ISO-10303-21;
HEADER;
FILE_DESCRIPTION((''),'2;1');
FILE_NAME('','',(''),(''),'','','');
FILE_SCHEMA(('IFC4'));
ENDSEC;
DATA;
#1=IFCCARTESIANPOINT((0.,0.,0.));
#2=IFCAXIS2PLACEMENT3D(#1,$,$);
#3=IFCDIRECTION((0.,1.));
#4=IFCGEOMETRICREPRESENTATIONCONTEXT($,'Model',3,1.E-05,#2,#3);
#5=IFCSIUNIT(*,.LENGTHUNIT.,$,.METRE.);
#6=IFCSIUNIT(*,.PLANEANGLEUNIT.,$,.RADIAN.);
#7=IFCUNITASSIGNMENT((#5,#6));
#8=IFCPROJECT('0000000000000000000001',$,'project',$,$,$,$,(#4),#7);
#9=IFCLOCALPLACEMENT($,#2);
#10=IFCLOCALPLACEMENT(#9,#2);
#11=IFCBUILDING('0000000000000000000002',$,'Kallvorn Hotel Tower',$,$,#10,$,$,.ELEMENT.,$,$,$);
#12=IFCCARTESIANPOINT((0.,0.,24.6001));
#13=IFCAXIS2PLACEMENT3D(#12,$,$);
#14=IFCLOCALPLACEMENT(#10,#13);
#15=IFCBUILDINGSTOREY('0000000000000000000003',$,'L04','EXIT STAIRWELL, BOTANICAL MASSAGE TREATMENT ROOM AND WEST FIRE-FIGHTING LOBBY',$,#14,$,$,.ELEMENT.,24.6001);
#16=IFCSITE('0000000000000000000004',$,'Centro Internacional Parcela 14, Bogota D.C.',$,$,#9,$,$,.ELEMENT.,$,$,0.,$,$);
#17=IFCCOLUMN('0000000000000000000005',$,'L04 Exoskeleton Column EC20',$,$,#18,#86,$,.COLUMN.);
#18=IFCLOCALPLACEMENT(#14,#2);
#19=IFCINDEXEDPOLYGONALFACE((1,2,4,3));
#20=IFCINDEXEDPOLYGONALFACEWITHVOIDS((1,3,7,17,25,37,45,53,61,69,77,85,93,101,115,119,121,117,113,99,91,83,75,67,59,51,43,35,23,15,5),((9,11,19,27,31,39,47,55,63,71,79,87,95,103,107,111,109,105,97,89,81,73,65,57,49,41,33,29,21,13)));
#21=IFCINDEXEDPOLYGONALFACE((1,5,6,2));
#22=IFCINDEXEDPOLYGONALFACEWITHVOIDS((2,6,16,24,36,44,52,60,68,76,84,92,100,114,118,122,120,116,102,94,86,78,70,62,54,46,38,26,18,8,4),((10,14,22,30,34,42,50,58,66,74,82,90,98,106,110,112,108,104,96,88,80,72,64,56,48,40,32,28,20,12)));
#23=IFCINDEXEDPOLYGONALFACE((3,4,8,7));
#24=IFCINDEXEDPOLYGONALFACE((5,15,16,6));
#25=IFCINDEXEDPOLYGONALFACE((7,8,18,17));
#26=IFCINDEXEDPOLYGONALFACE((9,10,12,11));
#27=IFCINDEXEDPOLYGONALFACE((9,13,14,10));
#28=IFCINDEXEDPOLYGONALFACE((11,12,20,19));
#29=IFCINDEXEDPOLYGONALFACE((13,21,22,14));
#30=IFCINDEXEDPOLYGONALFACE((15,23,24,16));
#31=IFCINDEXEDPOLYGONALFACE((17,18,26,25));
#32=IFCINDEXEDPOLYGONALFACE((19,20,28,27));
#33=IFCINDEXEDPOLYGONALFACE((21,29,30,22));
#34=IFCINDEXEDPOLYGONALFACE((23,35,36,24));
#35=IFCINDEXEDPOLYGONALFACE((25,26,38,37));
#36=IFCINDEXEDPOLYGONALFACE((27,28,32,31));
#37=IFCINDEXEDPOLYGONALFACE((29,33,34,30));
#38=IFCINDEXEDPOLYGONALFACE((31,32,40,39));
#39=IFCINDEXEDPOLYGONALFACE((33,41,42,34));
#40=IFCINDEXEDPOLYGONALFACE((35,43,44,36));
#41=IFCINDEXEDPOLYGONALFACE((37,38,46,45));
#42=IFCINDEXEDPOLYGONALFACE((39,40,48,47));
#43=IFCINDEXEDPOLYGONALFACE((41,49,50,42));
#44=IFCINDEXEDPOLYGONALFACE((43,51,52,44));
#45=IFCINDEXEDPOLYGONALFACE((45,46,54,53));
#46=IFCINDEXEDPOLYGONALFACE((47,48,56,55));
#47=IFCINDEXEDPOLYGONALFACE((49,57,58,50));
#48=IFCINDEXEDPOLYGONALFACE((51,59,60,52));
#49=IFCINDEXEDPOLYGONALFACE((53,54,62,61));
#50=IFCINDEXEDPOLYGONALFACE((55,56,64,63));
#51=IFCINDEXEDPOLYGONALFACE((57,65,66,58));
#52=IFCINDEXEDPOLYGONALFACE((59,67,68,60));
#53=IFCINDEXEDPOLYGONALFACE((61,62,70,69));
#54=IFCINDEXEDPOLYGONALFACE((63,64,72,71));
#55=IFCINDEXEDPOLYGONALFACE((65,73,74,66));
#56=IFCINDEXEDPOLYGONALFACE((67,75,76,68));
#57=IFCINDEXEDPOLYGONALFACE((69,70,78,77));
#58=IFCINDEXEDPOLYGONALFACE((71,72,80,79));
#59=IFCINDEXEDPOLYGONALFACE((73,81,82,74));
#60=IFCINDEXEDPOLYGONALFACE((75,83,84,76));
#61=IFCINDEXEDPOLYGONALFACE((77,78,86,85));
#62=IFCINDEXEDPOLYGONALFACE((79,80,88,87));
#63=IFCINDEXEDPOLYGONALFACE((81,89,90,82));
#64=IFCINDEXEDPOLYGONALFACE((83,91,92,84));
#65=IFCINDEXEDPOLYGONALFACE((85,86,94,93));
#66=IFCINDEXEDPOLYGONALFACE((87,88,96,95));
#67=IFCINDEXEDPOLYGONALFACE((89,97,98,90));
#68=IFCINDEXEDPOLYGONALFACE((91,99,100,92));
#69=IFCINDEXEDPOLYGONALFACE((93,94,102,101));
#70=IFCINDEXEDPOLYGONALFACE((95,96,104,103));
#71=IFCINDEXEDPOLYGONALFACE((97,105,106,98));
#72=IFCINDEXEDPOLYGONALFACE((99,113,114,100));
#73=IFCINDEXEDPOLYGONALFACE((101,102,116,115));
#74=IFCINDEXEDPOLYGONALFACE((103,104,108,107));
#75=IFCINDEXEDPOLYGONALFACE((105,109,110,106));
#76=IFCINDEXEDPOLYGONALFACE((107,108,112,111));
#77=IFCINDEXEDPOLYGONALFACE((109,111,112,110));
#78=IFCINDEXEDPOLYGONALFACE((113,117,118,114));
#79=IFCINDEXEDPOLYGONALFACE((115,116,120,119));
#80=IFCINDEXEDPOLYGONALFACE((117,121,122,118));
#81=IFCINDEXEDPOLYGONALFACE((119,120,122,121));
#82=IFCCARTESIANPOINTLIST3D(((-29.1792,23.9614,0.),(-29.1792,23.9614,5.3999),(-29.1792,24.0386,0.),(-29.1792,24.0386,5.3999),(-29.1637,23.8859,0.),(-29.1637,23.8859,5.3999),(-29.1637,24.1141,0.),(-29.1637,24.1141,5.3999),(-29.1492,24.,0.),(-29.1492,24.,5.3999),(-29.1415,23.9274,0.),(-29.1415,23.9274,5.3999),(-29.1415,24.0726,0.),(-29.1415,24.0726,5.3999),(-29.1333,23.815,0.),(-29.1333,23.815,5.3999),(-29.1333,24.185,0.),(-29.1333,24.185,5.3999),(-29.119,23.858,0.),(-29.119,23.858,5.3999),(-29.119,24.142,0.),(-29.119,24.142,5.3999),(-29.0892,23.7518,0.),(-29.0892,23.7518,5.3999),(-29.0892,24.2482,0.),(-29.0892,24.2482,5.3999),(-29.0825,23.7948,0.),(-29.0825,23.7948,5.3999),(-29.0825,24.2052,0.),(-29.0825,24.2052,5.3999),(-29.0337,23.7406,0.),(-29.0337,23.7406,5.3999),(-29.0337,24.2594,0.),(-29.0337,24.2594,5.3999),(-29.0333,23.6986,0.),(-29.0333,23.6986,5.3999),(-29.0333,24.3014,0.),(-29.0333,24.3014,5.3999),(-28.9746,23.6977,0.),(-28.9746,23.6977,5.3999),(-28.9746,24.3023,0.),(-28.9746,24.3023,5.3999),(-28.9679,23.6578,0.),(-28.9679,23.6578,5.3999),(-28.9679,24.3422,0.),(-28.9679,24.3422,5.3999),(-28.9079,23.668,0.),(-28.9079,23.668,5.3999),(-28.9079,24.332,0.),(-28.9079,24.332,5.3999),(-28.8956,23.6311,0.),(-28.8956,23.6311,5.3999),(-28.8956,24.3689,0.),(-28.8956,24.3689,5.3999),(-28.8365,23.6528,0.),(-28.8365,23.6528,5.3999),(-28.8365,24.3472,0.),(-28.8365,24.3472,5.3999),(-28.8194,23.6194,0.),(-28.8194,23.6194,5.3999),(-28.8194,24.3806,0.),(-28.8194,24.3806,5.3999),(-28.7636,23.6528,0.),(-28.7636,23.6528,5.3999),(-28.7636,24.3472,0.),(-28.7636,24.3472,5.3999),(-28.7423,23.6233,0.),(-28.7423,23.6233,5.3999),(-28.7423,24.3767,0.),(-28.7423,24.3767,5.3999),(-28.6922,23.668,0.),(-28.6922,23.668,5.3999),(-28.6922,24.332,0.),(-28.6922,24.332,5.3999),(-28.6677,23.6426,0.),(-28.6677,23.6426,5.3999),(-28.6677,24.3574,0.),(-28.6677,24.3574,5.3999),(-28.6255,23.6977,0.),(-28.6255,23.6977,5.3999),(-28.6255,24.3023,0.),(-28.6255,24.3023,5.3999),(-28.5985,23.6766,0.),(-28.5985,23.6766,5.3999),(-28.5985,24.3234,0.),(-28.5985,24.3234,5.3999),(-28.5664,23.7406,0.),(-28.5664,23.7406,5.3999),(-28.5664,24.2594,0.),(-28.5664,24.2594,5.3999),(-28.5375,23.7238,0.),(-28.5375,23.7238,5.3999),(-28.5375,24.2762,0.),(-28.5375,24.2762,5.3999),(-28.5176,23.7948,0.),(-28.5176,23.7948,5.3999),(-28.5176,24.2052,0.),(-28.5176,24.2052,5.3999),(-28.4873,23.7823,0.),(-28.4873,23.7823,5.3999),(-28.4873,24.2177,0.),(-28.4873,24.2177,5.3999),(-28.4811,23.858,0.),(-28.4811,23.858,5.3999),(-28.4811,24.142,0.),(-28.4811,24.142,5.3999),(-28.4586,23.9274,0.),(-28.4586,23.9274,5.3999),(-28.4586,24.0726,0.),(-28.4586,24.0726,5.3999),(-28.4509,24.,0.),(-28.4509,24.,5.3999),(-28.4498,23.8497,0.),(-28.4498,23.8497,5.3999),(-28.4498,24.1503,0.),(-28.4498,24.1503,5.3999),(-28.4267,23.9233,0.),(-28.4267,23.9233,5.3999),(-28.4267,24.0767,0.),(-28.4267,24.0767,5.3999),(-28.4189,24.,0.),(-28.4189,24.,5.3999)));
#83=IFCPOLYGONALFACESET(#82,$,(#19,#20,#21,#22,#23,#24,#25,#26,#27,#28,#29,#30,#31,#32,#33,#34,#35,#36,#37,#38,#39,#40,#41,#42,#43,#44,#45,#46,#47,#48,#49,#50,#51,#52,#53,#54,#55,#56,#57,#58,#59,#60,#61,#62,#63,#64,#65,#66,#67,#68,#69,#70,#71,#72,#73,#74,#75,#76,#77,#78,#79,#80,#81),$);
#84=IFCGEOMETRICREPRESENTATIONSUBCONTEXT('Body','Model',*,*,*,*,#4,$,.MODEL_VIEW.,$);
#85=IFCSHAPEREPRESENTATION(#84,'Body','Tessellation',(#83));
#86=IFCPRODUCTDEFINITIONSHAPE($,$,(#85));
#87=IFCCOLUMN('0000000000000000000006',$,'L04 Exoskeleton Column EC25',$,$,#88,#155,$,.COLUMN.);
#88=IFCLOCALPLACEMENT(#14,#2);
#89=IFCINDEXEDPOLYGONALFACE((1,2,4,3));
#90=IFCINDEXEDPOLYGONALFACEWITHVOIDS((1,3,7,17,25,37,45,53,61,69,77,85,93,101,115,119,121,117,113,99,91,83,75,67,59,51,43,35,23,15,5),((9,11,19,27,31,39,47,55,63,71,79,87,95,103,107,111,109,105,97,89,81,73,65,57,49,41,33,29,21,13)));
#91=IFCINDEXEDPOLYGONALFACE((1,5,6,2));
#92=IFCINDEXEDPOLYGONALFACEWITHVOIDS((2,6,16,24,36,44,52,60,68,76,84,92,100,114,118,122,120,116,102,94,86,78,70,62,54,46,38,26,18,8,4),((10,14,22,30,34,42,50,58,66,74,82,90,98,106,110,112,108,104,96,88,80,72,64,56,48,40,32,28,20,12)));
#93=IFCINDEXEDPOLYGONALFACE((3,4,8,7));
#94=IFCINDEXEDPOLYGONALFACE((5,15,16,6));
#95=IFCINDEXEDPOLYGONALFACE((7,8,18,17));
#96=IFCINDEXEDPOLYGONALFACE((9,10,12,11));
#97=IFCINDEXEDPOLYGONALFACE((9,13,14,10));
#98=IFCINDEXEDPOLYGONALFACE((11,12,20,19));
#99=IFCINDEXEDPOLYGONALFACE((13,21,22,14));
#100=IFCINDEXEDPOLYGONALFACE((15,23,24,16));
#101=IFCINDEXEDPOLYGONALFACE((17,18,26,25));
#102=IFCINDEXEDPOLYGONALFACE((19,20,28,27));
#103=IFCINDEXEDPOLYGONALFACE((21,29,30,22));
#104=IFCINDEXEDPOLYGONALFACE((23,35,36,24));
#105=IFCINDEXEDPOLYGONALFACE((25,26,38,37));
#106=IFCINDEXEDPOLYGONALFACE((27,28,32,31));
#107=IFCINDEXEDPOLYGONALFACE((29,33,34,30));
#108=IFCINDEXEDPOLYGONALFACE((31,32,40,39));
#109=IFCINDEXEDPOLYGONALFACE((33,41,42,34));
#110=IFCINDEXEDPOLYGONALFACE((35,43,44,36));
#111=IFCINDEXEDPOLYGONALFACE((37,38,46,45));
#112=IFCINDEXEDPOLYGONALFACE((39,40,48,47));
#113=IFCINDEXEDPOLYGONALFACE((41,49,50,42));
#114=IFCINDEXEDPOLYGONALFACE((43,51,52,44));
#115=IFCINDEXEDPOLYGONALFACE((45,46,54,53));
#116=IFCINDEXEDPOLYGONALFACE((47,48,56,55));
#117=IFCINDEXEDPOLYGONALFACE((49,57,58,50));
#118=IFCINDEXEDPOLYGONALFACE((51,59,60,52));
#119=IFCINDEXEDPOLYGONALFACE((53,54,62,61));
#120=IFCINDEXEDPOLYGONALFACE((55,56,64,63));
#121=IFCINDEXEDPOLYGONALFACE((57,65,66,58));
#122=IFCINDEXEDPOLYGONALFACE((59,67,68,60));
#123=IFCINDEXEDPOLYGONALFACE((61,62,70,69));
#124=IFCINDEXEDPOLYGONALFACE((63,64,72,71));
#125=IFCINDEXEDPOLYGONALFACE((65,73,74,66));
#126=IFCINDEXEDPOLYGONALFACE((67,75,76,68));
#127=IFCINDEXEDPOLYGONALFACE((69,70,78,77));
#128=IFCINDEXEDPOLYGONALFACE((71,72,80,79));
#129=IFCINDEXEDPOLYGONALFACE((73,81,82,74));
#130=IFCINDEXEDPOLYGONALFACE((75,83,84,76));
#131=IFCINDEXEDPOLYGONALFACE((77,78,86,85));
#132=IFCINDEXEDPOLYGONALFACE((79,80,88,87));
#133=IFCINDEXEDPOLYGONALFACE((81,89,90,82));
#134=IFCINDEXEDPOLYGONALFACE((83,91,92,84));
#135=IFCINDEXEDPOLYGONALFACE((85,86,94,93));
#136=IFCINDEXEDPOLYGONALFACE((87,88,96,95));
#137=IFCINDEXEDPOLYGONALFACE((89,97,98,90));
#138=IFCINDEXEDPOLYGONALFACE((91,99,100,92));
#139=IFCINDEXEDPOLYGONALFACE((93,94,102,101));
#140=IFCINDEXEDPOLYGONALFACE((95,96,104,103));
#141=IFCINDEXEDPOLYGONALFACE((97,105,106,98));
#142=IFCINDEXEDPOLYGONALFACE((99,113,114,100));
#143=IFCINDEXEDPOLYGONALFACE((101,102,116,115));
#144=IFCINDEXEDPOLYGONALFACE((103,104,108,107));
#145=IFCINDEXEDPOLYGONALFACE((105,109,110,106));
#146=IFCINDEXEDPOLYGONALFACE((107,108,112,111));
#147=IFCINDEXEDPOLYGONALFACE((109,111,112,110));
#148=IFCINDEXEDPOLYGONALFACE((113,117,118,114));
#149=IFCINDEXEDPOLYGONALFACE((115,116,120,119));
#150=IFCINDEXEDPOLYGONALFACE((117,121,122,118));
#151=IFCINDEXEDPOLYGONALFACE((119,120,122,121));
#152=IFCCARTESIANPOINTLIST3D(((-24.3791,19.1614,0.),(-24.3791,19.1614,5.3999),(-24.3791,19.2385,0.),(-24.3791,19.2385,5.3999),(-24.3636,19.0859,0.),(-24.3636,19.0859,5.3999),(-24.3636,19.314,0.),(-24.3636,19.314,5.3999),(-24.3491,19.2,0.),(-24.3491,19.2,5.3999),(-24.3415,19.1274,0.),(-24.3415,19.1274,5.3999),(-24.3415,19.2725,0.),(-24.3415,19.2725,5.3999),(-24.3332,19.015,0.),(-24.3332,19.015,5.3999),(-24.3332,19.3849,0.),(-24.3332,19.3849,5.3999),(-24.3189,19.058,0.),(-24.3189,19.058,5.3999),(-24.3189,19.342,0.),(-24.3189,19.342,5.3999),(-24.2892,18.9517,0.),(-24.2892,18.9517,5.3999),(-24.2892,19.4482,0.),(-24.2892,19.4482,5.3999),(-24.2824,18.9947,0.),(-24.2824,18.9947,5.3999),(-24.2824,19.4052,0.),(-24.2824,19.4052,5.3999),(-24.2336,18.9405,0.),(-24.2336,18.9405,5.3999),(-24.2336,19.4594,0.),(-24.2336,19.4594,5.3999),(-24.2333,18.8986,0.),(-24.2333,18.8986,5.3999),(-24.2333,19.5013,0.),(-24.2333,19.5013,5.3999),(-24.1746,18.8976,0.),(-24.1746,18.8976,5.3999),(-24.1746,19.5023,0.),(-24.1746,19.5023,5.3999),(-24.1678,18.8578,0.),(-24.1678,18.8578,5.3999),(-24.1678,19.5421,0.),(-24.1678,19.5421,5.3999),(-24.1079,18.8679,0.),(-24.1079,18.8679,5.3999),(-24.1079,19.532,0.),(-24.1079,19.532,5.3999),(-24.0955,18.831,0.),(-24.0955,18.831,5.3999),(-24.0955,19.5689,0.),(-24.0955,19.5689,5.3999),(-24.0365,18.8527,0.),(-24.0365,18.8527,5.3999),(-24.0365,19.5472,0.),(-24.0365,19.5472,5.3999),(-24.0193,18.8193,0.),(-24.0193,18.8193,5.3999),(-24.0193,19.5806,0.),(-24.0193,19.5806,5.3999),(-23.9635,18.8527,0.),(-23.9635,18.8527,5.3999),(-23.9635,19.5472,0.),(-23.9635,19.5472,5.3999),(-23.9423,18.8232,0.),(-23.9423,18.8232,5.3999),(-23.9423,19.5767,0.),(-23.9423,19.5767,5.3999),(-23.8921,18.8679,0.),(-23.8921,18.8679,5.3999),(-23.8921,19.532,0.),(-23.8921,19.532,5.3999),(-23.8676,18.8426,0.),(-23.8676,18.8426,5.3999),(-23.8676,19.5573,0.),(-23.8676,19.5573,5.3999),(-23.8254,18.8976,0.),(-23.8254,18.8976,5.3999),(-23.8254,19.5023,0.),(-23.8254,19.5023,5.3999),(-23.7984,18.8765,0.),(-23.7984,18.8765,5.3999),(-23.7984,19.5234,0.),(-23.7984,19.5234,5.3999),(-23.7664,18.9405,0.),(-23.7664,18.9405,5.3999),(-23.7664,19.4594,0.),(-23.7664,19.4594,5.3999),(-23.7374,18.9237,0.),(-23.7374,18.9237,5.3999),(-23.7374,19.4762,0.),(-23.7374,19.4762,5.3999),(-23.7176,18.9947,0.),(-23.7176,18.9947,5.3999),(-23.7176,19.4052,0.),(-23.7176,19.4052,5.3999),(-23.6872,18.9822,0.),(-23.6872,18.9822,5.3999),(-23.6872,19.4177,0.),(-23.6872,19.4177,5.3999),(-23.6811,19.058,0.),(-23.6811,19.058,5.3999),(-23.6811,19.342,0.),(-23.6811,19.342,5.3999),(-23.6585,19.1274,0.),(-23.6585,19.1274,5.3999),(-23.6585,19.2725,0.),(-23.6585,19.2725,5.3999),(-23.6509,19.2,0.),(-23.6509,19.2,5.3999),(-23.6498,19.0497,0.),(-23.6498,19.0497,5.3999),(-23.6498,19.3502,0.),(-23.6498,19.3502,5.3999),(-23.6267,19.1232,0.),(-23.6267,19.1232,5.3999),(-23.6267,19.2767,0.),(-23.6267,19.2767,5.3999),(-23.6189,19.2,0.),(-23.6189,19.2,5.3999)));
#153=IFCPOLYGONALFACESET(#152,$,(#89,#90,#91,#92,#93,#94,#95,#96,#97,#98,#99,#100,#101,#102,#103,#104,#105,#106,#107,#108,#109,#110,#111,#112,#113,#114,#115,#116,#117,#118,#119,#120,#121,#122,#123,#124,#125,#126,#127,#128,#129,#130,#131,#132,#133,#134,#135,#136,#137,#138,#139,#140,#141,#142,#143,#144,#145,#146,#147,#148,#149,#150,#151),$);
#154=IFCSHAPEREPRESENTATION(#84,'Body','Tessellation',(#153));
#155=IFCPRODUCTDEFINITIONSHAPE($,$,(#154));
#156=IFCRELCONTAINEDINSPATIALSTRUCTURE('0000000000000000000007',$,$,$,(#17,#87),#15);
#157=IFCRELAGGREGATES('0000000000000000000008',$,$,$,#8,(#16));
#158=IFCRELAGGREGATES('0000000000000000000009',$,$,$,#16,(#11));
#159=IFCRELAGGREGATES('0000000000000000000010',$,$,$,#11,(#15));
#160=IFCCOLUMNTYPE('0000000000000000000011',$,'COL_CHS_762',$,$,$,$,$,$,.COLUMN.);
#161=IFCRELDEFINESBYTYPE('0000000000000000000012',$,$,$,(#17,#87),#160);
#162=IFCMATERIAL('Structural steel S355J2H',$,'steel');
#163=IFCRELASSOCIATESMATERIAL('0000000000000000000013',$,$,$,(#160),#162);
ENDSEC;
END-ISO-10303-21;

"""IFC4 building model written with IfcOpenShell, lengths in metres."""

from ifc_helpers import new_model, si_unit, direction, frame, origin, origin_2d, place, context, subcontext, project, spatial, hollow_circle, extrude, material, material_profile, profile_set, type_object, element, save


model = new_model("IFC4")

# Units and contexts
model_context = context("Model", 3, precision=1e-05, world=origin(), true_north=direction((0.0, 1.0)))
body_context = subcontext(model_context, "Body", "Model", "MODEL_VIEW")
ifc_project = project(units=[si_unit("LENGTHUNIT", "METRE"), si_unit("PLANEANGLEUNIT", "RADIAN")], contexts=[model_context])

# Site, building, storey
site_placement = place(None, origin())
site = spatial("IfcSite", under=ifc_project, at=site_placement, Name="Centro Internacional Parcela 14, Bogota D.C.", CompositionType="ELEMENT", RefElevation=0.0)
building_placement = place(site_placement, origin())
building = spatial("IfcBuilding", under=site, at=building_placement, Name="Kallvorn Hotel Tower", CompositionType="ELEMENT")
storey_placement = place(building_placement, frame((0.0, 0.0, 24.6001)))
storey = spatial("IfcBuildingStorey", under=building, at=storey_placement, Name="L04", Description="EXIT STAIRWELL, BOTANICAL MASSAGE TREATMENT ROOM AND WEST FIRE-FIGHTING LOBBY", CompositionType="ELEMENT", Elevation=24.6001)

# Columns
ifc_material_1 = material(Name="Structural steel S355J2H", Category="steel")
ifc_material_profile_1 = material_profile(ifc_material_1, hollow_circle(Radius=0.3811, WallThickness=0.032, at=origin_2d()), Name="CHS 762x32")
ifc_profile_set_1 = profile_set([ifc_material_profile_1], Name="Structural steel S355J2H")
column_type_1 = type_object("IfcColumnType", Name="COL_CHS_762", PredefinedType="COLUMN", material=ifc_profile_set_1)
for number, where, z_axis, x_axis, name in (
    (1, (-28.8, 24.0, 0.0), (0.0, 0.0, 1.0), (1.0, 0.0, 0.0), "L04 Exoskeleton Column EC20"),
    (2, (-24.0, 19.2, 0.0), (0.0, 0.0, 1.0), (1.0, 0.0, 0.0), "L04 Exoskeleton Column EC25"),
):
    element("IfcColumn", number, at=place(storey_placement, frame(where, z_axis=z_axis, x_axis=x_axis)), inside=storey, type_object=column_type_1, Name=name, PredefinedType="COLUMN", context=body_context, shape_type="SweptSolid", body=[
        extrude(hollow_circle(Radius=0.3811, WallThickness=0.032, at=origin_2d()), origin(), (0.0, 0.0, 1.0), 5.3999),
    ])

save(model, "model.ifc")
